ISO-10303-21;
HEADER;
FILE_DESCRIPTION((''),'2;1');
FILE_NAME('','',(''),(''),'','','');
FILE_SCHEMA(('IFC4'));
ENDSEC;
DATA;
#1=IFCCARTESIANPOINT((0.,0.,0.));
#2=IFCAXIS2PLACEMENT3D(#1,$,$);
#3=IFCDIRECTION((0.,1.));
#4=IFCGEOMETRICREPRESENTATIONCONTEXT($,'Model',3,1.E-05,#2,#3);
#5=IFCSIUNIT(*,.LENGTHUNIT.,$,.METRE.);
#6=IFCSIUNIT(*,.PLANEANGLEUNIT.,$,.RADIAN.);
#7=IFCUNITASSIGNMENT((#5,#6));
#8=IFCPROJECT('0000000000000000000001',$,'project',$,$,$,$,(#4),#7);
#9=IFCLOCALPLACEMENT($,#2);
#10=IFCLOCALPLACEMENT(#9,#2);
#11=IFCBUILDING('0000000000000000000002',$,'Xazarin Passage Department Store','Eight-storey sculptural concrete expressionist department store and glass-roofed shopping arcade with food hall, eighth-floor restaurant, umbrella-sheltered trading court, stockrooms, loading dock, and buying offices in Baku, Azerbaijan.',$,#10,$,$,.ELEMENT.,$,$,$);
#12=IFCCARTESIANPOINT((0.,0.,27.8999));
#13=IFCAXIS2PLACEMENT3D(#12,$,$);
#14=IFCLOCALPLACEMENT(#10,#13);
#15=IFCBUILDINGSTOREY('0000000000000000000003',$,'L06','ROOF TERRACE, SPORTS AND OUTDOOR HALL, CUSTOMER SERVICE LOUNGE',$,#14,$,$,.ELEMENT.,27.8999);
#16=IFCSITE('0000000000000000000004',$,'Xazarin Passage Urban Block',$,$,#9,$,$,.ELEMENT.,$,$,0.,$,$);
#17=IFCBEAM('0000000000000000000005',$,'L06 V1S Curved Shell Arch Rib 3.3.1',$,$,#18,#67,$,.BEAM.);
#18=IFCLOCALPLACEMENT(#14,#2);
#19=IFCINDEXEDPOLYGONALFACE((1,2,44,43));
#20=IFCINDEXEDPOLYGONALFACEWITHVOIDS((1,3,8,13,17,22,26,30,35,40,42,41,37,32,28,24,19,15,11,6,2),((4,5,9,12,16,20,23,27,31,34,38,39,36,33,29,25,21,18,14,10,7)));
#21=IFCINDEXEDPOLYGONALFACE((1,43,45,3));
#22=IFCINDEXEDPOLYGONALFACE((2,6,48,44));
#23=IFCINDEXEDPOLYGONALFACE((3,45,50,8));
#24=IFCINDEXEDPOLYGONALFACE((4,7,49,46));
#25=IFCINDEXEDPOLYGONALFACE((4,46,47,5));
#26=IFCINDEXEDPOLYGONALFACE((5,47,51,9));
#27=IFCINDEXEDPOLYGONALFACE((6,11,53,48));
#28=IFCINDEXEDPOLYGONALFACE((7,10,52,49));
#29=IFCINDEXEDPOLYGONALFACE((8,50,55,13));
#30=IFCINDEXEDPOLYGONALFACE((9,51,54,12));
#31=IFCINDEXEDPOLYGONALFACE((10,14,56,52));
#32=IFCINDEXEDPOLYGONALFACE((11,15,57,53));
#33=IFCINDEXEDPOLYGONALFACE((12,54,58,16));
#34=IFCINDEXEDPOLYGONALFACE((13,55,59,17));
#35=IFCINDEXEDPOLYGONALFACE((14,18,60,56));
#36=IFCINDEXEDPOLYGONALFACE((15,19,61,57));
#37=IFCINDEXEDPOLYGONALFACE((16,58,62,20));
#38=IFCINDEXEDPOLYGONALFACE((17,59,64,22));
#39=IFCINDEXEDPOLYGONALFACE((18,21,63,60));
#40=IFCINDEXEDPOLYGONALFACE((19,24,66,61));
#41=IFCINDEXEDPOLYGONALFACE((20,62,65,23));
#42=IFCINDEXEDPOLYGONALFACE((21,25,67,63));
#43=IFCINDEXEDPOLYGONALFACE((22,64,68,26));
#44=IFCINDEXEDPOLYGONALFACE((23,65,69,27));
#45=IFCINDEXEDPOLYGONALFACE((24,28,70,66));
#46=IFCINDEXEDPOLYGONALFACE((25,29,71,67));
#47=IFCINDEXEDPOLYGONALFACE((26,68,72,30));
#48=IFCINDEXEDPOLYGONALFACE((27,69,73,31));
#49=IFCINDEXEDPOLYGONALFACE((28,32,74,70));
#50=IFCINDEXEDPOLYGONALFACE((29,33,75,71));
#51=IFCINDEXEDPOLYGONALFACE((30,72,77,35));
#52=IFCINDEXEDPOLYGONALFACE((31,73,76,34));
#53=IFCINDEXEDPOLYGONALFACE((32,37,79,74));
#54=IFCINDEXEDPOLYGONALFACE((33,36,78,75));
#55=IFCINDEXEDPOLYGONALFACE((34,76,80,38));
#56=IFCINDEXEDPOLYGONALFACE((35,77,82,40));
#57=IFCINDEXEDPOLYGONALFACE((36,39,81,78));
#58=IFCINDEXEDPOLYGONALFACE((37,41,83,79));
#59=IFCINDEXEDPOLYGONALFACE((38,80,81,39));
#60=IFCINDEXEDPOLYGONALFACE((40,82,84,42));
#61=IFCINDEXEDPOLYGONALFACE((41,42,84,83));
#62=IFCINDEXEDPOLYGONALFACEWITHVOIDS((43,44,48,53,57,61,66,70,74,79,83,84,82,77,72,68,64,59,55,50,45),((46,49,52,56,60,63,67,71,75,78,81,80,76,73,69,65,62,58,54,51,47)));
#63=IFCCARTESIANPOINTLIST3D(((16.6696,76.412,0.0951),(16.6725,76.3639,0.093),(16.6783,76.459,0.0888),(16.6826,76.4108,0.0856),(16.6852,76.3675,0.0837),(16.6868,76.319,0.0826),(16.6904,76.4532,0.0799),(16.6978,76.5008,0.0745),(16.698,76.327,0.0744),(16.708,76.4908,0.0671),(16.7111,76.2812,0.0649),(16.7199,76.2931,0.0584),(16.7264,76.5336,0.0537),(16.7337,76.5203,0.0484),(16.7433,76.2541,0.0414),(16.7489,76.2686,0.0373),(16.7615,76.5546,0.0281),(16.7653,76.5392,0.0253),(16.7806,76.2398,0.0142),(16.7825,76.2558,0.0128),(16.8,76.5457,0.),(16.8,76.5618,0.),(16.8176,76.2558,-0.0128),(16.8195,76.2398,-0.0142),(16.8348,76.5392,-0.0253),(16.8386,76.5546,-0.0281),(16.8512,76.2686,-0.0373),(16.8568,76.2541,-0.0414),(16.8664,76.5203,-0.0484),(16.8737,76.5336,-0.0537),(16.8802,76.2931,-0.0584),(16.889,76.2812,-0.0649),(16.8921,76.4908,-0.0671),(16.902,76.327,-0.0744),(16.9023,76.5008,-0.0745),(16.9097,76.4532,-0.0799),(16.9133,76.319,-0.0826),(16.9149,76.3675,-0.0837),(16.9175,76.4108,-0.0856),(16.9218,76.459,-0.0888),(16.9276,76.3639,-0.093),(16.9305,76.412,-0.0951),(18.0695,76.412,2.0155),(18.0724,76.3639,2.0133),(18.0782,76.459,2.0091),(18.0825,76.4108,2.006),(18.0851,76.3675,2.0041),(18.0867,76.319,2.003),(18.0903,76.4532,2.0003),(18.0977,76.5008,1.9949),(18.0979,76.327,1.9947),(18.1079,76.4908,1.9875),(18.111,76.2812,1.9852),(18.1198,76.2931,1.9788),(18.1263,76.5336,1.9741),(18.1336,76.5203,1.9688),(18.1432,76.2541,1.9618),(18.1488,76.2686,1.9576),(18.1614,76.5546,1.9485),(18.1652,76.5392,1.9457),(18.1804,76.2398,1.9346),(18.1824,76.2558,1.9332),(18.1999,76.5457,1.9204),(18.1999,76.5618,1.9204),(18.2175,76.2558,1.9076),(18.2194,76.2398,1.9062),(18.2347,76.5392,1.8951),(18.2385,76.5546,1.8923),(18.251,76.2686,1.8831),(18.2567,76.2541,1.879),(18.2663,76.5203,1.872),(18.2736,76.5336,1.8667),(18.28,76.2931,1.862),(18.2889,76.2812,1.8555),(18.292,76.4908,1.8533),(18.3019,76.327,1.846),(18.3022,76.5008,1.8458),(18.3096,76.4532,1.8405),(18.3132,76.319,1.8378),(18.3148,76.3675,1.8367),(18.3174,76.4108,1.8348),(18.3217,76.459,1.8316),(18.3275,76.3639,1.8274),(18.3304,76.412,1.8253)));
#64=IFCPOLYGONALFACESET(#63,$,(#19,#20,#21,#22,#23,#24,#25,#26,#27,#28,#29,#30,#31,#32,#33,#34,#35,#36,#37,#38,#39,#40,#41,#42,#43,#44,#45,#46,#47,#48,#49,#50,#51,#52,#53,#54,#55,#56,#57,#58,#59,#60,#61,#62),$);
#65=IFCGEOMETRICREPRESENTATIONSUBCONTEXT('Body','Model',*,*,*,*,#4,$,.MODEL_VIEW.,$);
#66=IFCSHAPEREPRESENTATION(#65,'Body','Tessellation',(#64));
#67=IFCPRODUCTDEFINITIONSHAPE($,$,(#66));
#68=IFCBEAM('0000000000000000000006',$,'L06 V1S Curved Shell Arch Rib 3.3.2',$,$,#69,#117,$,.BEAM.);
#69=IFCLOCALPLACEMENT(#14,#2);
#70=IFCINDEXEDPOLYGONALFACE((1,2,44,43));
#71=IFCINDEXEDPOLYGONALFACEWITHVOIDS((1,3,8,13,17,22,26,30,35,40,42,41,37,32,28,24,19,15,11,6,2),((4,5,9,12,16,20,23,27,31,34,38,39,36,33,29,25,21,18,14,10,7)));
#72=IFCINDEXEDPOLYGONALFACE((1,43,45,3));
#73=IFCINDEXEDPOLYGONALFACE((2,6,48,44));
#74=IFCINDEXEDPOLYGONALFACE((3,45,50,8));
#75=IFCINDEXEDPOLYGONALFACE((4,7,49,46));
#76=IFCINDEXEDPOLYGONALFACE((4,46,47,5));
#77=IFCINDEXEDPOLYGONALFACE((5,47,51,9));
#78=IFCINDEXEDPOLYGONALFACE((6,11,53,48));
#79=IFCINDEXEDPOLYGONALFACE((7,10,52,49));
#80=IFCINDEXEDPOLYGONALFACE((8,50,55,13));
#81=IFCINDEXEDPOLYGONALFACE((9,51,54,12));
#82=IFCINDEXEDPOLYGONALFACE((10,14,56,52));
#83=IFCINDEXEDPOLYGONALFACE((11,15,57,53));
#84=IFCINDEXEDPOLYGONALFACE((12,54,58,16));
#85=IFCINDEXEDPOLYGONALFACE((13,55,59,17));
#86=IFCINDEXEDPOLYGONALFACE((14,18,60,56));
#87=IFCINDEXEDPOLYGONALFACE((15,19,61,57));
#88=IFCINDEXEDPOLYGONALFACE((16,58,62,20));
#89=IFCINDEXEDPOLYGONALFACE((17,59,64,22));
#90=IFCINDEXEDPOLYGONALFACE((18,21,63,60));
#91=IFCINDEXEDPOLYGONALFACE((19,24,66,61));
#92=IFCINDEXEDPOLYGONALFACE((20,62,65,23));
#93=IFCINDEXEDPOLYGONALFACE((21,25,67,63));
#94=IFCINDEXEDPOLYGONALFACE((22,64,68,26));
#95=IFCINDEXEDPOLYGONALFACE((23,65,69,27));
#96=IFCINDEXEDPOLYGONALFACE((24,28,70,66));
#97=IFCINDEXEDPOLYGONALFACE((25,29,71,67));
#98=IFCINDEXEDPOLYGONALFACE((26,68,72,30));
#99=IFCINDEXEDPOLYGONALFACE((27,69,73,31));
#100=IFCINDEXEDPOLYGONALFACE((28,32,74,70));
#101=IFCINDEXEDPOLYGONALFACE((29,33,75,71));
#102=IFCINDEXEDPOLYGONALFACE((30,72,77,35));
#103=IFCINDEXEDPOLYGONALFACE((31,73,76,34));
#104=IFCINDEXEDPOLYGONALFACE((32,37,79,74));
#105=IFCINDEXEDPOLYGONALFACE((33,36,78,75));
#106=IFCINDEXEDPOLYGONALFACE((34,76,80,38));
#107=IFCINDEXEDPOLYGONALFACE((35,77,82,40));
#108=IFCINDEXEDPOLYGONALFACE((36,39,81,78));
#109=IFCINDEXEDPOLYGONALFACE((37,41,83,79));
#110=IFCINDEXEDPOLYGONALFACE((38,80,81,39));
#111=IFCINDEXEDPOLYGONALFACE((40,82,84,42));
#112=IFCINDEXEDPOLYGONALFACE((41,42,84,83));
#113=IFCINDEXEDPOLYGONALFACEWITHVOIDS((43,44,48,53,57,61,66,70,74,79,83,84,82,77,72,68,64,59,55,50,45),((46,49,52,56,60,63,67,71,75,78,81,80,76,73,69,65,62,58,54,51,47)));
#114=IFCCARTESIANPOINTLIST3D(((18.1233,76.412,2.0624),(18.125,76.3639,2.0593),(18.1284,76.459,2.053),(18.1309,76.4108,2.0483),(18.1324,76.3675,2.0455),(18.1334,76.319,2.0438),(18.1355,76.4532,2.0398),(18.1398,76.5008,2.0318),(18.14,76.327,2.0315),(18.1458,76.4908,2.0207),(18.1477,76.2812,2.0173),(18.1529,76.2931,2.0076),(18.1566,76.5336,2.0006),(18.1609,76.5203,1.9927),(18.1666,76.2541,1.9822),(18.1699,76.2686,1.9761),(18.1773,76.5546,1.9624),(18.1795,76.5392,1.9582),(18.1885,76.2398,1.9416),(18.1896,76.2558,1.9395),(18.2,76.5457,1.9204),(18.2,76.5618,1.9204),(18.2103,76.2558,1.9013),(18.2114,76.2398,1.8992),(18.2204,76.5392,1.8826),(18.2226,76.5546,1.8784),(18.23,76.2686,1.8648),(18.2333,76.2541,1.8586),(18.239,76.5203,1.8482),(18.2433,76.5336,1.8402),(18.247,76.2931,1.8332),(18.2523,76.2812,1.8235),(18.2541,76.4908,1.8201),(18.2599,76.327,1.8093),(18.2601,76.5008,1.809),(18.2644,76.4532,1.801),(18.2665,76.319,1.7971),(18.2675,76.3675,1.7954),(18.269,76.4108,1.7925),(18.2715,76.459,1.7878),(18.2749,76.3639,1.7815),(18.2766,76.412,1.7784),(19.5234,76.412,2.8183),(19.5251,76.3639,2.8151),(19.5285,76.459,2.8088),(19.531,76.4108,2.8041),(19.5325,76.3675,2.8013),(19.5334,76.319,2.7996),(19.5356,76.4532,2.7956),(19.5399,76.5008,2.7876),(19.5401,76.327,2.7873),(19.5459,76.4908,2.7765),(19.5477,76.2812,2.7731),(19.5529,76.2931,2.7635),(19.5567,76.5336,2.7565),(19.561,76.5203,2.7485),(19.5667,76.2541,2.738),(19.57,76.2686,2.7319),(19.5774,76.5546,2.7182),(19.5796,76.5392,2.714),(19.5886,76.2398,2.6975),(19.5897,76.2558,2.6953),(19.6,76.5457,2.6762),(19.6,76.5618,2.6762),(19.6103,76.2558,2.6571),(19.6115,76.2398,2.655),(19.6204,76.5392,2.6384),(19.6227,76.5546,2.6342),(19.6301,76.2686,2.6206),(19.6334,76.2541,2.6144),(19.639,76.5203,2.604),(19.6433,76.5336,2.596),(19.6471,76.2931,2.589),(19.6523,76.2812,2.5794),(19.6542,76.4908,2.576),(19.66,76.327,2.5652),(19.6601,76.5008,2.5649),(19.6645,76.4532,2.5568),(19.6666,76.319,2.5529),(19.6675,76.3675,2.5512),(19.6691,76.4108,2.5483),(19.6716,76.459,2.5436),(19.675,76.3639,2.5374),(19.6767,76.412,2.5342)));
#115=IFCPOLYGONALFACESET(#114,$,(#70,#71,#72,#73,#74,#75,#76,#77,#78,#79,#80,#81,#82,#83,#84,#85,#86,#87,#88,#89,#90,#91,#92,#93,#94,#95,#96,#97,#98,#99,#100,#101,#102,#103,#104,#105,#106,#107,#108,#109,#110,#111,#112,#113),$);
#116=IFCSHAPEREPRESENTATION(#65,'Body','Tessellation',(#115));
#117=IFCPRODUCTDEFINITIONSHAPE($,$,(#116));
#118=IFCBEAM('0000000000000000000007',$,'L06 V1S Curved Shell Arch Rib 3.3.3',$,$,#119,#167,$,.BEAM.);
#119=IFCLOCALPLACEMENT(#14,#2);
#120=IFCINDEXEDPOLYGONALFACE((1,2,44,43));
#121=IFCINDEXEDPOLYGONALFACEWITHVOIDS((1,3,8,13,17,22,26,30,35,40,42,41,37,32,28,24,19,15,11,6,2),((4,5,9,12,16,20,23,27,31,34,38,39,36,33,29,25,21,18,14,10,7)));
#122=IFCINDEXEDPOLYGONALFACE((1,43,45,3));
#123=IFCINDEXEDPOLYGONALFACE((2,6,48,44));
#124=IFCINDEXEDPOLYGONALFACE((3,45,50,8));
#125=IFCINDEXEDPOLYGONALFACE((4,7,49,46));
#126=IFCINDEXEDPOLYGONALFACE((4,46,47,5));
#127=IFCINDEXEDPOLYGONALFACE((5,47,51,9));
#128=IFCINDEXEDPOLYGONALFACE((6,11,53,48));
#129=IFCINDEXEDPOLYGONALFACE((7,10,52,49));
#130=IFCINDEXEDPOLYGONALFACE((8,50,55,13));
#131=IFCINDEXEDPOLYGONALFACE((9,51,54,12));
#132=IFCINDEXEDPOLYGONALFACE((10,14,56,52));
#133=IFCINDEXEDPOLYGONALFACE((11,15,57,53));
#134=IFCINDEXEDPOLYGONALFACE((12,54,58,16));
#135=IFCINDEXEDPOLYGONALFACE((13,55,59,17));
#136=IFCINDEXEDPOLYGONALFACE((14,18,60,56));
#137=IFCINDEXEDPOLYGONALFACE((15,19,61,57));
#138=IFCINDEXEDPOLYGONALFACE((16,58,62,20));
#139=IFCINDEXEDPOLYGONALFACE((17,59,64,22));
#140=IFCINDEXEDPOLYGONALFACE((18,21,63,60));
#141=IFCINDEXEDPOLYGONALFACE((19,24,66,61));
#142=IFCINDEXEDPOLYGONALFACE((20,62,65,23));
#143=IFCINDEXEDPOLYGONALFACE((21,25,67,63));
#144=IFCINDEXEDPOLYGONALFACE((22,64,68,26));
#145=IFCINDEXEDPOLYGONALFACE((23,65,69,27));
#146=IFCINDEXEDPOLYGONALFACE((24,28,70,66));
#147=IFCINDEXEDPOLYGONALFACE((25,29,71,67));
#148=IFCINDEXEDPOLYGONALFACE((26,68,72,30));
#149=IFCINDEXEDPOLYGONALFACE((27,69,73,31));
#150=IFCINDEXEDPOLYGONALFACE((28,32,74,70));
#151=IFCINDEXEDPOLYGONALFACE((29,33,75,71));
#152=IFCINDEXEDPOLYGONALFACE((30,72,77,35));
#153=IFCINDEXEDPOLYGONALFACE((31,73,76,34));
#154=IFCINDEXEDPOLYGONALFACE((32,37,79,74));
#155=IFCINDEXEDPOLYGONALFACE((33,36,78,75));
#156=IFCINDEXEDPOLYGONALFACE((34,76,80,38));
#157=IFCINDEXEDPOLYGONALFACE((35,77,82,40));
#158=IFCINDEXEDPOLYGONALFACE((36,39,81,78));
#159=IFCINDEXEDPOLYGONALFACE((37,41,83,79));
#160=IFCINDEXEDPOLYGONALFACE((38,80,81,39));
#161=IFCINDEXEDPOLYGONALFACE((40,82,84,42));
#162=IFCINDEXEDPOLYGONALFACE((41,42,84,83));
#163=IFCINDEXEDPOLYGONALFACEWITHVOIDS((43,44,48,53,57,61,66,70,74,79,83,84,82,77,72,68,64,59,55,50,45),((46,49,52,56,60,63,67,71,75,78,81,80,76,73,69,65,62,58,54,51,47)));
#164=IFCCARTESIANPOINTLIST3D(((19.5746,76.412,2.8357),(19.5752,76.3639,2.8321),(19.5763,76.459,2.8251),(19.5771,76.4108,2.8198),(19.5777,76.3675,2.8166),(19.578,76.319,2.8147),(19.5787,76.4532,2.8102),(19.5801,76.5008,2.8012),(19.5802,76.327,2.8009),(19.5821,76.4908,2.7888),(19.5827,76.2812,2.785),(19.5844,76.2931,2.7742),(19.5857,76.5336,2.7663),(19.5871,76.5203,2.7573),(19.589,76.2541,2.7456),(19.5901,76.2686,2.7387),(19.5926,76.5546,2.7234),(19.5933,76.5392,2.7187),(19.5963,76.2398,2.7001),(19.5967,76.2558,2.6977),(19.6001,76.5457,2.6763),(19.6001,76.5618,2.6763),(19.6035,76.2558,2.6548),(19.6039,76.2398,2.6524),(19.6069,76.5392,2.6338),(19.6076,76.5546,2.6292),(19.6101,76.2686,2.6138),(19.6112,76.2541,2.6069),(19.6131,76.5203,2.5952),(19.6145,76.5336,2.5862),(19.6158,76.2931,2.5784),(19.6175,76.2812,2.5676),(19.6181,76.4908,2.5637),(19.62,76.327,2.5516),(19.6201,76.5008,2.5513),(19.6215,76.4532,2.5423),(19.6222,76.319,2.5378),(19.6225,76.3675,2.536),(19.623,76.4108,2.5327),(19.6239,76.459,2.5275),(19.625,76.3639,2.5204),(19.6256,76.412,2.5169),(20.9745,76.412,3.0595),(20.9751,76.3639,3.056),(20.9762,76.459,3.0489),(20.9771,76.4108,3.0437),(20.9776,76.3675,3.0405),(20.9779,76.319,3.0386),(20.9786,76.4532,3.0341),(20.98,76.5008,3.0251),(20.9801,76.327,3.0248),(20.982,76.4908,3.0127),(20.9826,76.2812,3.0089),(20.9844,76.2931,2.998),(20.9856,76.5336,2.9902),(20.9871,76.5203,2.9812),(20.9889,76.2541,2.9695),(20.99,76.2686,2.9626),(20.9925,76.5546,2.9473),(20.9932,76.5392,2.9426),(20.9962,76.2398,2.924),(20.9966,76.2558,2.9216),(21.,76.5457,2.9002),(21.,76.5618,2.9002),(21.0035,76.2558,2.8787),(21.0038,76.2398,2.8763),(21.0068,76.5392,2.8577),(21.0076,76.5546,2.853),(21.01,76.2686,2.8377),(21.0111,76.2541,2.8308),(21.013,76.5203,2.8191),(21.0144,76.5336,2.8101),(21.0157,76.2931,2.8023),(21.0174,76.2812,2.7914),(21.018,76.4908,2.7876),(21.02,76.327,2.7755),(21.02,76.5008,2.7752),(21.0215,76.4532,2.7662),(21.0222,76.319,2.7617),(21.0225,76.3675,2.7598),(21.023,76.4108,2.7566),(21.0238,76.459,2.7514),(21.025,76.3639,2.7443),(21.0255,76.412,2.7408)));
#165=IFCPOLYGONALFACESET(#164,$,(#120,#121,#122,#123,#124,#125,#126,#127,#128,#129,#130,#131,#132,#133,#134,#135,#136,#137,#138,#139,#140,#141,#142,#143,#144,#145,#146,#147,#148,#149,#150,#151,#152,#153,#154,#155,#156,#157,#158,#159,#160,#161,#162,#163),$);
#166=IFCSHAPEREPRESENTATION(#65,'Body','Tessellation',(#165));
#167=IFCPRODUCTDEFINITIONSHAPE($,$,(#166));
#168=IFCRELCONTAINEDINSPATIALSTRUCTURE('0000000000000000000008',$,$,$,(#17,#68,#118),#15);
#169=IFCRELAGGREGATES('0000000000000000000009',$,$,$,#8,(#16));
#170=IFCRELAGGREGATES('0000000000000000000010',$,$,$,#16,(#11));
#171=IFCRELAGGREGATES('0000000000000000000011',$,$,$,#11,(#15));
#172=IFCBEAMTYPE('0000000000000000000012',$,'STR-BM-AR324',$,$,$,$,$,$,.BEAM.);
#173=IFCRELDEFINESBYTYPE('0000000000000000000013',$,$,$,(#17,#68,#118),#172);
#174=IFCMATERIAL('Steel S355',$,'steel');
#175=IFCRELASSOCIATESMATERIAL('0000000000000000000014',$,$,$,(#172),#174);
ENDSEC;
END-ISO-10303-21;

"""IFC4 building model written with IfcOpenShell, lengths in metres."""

from ifc_helpers import new_model, si_unit, direction, frame, origin, origin_2d, place, context, subcontext, project, spatial, hollow_circle, extrude, material, material_profile, profile_set, type_object, element, save


model = new_model("IFC4")

# Units and contexts
model_context = context("Model", 3, precision=1e-05, world=origin(), true_north=direction((0.0, 1.0)))
body_context = subcontext(model_context, "Body", "Model", "MODEL_VIEW")
ifc_project = project(units=[si_unit("LENGTHUNIT", "METRE"), si_unit("PLANEANGLEUNIT", "RADIAN")], contexts=[model_context])

# Site, building, storey
site_placement = place(None, origin())
site = spatial("IfcSite", under=ifc_project, at=site_placement, Name="Xazarin Passage Urban Block", CompositionType="ELEMENT", RefElevation=0.0)
building_placement = place(site_placement, origin())
building = spatial("IfcBuilding", under=site, at=building_placement, Name="Xazarin Passage Department Store", Description="Eight-storey sculptural concrete expressionist department store and glass-roofed shopping arcade with food hall, eighth-floor restaurant, umbrella-sheltered trading court, stockrooms, loading dock, and buying offices in Baku, Azerbaijan.", CompositionType="ELEMENT")
storey_placement = place(building_placement, frame((0.0, 0.0, 27.8999)))
storey = spatial("IfcBuildingStorey", under=building, at=storey_placement, Name="L06", Description="ROOF TERRACE, SPORTS AND OUTDOOR HALL, CUSTOMER SERVICE LOUNGE", CompositionType="ELEMENT", Elevation=27.8999)

# Beams
ifc_material_1 = material(Name="Steel S355", Category="steel")
ifc_material_profile_1 = material_profile(ifc_material_1, hollow_circle(Radius=0.1619, WallThickness=0.0161, at=origin_2d()), Name="CHS 323.9x16")
ifc_profile_set_1 = profile_set([ifc_material_profile_1], Name="Steel S355")
beam_type_1 = type_object("IfcBeamType", Name="STR-BM-AR324", PredefinedType="BEAM", material=ifc_profile_set_1)
beam_1_placement = place(storey_placement, frame((16.8, 76.3999, 0.0), z_axis=(0.589063, 0.0, 0.808087), x_axis=(0.0, 1.0, 0.0)))
element("IfcBeam", 1, at=beam_1_placement, inside=storey, type_object=beam_type_1, Name="L06 V1S Curved Shell Arch Rib 3.3.1", PredefinedType="BEAM", context=body_context, shape_type="SweptSolid", body=[
    extrude(hollow_circle(Radius=0.1619, WallThickness=0.0161, at=origin_2d()), origin(), (0.0, 0.0, 1.0), 2.3765),
])
beam_2_placement = place(storey_placement, frame((18.2, 76.3999, 1.9204), z_axis=(0.879963, 0.0, 0.475042), x_axis=(0.0, 1.0, 0.0)))
element("IfcBeam", 2, at=beam_2_placement, inside=storey, type_object=beam_type_1, Name="L06 V1S Curved Shell Arch Rib 3.3.2", PredefinedType="BEAM", context=body_context, shape_type="SweptSolid", body=[
    extrude(hollow_circle(Radius=0.1619, WallThickness=0.0161, at=origin_2d()), origin(), (0.0, 0.0, 1.0), 1.5911),
])
for number, where, z_axis, x_axis, name in (
    (3, (19.6001, 76.3999, 2.6763), (0.987452, 0.0, 0.157917), (0.0, 1.0, 0.0), "L06 V1S Curved Shell Arch Rib 3.3.3"),
):
    element("IfcBeam", number, at=place(storey_placement, frame(where, z_axis=z_axis, x_axis=x_axis)), inside=storey, type_object=beam_type_1, Name=name, PredefinedType="BEAM", context=body_context, shape_type="SweptSolid", body=[
        extrude(hollow_circle(Radius=0.1619, WallThickness=0.0161, at=origin_2d()), origin(), (0.0, 0.0, 1.0), 1.4177),
    ])

save(model, "model.ifc")
